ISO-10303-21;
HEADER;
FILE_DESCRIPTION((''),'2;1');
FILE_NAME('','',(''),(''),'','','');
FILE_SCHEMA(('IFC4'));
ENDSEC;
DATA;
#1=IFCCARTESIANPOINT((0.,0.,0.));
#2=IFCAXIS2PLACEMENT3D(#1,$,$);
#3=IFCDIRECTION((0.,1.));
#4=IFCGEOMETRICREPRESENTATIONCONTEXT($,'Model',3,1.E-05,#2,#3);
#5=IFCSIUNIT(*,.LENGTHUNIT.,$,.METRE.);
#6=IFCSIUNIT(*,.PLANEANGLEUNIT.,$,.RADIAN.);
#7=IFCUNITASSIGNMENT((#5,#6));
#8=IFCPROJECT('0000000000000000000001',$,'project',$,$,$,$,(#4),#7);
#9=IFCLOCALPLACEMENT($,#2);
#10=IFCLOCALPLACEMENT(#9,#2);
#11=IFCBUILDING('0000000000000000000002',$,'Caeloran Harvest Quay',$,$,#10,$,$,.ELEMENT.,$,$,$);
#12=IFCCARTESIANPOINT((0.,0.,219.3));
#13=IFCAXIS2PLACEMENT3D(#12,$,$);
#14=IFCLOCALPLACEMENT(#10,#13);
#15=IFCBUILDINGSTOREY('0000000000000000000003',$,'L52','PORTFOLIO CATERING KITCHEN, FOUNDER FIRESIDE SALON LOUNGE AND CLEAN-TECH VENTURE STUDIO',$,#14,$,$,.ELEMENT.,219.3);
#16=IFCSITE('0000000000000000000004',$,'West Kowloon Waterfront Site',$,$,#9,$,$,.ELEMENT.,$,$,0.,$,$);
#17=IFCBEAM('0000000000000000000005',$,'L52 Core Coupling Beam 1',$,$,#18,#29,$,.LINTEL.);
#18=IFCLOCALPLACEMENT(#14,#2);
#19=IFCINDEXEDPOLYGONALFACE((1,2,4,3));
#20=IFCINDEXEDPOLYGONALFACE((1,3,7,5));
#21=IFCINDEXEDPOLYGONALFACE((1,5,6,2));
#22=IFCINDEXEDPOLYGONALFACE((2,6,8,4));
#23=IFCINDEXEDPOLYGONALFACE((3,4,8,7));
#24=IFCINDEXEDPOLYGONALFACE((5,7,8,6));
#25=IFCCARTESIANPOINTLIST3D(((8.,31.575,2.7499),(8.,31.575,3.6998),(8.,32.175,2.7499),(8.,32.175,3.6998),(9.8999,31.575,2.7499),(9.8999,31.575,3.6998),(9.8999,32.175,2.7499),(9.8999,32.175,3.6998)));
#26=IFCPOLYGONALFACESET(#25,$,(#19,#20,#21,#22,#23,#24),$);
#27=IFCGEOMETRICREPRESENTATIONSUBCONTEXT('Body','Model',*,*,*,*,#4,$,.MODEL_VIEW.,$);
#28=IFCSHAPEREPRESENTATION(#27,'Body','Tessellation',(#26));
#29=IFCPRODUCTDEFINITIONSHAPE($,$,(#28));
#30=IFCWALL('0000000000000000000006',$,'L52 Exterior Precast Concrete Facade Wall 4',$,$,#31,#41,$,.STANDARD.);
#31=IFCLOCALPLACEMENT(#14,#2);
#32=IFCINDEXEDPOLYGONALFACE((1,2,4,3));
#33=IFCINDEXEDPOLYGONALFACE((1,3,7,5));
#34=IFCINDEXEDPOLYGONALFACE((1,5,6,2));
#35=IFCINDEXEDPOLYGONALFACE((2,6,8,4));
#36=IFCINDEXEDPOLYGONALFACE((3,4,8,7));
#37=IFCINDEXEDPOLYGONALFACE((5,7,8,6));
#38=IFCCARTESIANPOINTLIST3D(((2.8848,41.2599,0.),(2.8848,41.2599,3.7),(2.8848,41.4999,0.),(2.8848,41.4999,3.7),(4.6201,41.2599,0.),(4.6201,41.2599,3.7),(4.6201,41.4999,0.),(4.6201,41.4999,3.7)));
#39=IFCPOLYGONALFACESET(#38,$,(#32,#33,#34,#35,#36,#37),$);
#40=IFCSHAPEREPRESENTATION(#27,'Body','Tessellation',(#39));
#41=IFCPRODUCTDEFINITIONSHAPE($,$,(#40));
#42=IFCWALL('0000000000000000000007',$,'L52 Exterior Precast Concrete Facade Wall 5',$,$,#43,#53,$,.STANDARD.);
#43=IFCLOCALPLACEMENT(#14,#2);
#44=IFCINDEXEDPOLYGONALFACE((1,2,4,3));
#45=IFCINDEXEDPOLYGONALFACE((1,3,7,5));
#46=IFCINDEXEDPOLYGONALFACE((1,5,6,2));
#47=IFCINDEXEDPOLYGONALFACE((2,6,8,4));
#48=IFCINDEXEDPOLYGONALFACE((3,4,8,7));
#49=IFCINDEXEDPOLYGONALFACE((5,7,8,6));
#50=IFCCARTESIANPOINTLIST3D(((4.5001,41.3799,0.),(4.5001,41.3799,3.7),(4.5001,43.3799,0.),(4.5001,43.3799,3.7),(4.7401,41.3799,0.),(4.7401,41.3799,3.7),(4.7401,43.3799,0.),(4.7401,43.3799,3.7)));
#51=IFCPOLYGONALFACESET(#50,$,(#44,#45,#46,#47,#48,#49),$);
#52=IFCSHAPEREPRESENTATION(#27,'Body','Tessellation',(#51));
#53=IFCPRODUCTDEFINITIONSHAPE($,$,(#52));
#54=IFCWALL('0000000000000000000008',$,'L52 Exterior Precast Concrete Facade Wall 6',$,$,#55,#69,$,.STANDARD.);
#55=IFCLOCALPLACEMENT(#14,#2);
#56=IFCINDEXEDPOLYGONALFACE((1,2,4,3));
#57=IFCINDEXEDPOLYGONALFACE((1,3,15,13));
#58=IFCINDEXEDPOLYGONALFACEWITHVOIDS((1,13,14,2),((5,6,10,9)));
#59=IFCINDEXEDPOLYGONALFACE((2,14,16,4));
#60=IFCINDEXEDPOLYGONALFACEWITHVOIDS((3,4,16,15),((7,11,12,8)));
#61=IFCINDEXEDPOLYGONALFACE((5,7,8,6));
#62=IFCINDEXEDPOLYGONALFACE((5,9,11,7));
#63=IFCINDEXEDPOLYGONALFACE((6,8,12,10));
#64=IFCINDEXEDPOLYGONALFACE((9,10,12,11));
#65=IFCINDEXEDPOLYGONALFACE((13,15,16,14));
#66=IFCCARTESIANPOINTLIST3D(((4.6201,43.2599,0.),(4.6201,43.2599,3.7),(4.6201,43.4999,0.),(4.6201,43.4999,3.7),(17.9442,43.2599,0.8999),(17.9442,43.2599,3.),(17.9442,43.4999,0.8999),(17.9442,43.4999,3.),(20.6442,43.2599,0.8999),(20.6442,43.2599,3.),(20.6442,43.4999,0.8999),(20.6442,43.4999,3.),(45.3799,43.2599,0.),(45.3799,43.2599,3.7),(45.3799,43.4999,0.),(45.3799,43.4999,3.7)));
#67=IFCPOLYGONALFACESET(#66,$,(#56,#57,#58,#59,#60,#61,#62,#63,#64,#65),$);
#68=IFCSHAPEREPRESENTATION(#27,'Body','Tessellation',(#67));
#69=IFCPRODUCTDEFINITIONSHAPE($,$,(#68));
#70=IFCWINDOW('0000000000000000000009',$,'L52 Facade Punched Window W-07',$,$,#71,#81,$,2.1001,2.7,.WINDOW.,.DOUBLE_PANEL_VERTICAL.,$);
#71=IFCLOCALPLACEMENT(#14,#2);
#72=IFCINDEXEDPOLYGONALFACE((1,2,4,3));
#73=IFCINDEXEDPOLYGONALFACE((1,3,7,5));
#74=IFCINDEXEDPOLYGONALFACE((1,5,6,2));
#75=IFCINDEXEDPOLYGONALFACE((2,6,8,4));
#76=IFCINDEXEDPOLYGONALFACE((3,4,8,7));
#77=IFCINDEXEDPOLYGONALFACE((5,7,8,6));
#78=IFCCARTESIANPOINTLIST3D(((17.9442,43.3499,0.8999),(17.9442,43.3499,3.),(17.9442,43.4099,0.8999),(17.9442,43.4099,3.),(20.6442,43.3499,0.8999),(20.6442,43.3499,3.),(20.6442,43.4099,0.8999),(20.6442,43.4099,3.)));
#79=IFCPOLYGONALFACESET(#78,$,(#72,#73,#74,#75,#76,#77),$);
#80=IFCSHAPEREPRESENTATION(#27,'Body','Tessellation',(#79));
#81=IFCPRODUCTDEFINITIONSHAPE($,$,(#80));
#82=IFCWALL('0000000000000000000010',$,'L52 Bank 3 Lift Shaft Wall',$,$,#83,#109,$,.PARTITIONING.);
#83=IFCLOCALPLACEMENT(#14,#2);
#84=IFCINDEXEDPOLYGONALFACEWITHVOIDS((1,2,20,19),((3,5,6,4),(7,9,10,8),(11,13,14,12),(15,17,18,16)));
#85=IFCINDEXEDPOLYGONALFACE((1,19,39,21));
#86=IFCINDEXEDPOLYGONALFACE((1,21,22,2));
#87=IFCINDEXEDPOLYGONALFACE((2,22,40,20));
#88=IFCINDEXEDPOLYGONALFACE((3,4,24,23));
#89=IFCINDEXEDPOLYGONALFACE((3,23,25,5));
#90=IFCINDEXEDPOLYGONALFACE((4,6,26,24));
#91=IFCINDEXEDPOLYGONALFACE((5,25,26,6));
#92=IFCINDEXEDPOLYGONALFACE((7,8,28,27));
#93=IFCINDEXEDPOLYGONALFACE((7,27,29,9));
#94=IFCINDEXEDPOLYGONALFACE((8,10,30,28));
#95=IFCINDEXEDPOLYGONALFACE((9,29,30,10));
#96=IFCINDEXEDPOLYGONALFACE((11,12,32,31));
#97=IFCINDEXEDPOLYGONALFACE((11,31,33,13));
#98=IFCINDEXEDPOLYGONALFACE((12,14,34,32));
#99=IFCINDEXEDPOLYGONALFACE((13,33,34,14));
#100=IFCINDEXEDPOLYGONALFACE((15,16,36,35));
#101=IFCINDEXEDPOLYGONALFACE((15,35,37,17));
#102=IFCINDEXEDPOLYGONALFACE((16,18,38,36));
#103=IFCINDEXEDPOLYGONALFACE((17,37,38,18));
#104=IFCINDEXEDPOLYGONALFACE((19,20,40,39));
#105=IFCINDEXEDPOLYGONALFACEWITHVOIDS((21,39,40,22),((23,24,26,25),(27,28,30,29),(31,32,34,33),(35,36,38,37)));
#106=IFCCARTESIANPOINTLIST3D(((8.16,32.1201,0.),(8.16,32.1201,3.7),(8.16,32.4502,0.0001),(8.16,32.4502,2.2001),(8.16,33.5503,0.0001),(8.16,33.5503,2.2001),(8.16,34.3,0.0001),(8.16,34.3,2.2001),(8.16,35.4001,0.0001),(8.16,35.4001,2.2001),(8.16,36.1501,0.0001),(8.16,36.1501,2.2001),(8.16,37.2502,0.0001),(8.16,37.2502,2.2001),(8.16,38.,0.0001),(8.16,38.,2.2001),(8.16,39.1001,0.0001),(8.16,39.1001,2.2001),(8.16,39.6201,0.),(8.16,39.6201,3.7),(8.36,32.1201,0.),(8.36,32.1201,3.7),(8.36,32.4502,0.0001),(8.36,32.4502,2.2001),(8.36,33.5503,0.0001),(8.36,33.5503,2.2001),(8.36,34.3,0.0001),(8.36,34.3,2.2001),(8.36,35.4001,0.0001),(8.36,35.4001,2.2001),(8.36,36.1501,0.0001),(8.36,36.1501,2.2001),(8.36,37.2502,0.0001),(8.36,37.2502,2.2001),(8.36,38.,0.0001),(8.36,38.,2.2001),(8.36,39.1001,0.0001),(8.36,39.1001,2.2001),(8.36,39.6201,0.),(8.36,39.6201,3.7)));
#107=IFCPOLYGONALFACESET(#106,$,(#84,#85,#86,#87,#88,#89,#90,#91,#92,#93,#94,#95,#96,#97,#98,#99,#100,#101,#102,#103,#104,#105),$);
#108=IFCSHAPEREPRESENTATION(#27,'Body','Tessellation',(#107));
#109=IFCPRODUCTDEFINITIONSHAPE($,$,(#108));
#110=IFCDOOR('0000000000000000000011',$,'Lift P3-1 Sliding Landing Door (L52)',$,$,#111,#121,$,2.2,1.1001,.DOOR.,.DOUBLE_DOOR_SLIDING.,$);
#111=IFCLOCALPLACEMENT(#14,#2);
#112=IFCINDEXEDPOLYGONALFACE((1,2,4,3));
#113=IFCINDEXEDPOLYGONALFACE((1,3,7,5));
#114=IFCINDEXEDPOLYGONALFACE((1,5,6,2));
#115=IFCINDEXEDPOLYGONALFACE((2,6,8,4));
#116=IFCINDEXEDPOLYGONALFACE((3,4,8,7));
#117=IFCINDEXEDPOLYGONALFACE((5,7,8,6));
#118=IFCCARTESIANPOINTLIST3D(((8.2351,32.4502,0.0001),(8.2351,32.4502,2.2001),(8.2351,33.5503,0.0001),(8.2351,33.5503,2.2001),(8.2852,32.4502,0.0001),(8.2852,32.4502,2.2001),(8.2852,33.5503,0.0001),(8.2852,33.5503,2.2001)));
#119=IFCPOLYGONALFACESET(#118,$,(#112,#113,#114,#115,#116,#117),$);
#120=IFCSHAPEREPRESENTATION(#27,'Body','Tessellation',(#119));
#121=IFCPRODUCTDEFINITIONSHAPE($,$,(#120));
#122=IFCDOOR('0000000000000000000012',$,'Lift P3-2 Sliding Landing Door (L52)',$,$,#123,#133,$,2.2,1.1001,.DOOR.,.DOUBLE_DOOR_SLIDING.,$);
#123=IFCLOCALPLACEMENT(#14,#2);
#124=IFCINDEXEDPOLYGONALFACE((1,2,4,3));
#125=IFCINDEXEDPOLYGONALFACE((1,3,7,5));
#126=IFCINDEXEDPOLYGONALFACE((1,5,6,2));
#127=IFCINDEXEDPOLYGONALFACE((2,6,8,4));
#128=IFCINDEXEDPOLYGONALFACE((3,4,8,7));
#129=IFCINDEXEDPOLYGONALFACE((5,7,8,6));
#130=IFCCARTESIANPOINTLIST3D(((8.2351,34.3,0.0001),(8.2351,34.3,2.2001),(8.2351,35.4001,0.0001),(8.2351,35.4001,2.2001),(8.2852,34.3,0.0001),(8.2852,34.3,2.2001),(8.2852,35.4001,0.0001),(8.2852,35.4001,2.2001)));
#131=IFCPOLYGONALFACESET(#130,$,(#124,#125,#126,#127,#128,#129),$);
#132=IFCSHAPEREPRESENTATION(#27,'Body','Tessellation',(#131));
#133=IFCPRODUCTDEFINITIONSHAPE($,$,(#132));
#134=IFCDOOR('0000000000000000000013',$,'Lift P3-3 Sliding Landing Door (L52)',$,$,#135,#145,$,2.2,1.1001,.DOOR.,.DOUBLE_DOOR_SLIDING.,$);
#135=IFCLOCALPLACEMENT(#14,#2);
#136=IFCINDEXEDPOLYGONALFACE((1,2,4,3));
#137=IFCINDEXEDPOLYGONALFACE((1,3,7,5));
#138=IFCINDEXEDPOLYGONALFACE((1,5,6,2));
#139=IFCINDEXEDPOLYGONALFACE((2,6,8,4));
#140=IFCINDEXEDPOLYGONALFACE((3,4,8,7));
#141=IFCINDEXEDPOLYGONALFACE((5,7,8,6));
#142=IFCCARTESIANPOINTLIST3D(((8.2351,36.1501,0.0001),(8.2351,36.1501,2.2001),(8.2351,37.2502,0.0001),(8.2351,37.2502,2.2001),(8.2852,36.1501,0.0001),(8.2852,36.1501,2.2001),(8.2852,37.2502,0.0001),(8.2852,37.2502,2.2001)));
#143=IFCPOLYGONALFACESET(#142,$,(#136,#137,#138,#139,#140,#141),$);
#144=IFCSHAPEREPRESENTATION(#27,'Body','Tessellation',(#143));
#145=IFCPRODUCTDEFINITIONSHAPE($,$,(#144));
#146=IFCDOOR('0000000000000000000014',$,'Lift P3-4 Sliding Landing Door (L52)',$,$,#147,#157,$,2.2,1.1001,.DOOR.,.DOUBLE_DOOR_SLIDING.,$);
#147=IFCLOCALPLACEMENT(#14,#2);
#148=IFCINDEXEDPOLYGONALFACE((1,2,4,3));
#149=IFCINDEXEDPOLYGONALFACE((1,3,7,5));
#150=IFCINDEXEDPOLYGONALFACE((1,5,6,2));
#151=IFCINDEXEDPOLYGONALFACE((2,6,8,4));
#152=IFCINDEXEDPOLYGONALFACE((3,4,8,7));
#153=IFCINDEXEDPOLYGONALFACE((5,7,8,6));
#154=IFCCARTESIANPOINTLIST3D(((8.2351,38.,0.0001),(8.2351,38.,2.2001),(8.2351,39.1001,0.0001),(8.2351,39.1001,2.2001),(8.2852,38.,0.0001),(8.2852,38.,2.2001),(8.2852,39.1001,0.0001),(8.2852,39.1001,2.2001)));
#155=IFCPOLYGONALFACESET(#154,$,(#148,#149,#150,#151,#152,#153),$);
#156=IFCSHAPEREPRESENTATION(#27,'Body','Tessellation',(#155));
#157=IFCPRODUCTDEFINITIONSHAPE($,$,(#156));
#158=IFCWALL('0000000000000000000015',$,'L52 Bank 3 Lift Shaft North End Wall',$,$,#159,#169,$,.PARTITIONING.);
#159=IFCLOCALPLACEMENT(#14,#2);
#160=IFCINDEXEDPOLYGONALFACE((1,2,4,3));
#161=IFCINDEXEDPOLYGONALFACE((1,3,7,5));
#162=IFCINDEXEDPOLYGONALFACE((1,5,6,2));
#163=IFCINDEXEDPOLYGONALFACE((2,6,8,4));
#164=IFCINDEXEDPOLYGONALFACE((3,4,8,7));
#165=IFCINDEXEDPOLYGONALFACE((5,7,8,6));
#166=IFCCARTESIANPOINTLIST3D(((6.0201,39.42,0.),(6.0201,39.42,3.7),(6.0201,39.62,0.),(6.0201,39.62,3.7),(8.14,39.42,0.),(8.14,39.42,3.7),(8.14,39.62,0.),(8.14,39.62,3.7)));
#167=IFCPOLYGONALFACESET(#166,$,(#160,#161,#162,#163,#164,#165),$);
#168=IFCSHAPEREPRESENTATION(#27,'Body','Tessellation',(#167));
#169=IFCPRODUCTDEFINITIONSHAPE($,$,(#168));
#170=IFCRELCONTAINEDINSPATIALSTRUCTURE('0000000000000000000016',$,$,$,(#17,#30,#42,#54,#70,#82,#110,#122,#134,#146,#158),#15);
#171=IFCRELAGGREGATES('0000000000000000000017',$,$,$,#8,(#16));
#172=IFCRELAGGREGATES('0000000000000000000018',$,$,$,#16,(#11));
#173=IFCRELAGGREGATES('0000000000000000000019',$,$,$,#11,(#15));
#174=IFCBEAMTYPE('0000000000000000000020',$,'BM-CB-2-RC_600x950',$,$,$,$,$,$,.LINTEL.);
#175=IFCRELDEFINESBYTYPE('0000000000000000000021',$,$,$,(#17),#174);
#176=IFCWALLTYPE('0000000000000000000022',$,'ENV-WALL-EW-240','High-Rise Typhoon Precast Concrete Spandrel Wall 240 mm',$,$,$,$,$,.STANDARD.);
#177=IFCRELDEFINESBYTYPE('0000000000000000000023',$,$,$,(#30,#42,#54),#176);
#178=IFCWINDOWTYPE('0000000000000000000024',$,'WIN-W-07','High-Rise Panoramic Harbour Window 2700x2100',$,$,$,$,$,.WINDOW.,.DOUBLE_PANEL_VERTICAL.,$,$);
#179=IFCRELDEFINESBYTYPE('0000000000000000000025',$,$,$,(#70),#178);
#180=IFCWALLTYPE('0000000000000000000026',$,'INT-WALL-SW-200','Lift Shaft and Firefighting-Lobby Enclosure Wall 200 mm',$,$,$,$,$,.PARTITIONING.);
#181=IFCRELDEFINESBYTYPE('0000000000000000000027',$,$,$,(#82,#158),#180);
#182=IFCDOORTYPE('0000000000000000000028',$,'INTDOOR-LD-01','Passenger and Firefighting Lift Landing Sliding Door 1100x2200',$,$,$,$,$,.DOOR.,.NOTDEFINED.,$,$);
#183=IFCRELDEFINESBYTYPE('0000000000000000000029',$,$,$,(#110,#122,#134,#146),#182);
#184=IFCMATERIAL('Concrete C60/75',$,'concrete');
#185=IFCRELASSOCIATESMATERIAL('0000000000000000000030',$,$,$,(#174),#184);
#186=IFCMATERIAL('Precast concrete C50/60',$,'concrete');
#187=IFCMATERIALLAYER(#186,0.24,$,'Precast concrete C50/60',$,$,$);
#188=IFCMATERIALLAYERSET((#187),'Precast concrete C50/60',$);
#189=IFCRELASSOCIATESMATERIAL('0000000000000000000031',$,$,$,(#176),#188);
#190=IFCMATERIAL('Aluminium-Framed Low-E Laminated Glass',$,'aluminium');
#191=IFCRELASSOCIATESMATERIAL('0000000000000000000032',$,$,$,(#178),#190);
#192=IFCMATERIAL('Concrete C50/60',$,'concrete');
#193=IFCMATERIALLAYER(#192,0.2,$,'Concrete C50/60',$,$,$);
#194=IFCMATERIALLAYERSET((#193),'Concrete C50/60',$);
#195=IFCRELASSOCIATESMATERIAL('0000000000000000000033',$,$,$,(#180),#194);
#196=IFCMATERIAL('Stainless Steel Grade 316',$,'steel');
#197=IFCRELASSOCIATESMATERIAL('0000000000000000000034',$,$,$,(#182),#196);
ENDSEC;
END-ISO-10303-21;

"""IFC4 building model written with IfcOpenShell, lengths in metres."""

from ifc_helpers import new_model, si_unit, direction, frame, frame_2d, origin, origin_2d, place, context, subcontext, project, spatial, rectangle, extrude, material, layer, layer_set, material_profile, profile_set, type_object, element, fill, save


model = new_model("IFC4")

# Units and contexts
model_context = context("Model", 3, precision=1e-05, world=origin(), true_north=direction((0.0, 1.0)))
body_context = subcontext(model_context, "Body", "Model", "MODEL_VIEW")
ifc_project = project(units=[si_unit("LENGTHUNIT", "METRE"), si_unit("PLANEANGLEUNIT", "RADIAN")], contexts=[model_context])

# Site, building, storey
site_placement = place(None, origin())
site = spatial("IfcSite", under=ifc_project, at=site_placement, Name="West Kowloon Waterfront Site", CompositionType="ELEMENT", RefElevation=0.0)
building_placement = place(site_placement, origin())
building = spatial("IfcBuilding", under=site, at=building_placement, Name="Caeloran Harvest Quay", CompositionType="ELEMENT")
storey_placement = place(building_placement, frame((0.0, 0.0, 219.3)))
storey = spatial("IfcBuildingStorey", under=building, at=storey_placement, Name="L52", Description="PORTFOLIO CATERING KITCHEN, FOUNDER FIRESIDE SALON LOUNGE AND CLEAN-TECH VENTURE STUDIO", CompositionType="ELEMENT", Elevation=219.3)

# Beam
ifc_material_1 = material(Name="Concrete C60/75", Category="concrete")
ifc_material_profile = material_profile(ifc_material_1, rectangle(XDim=0.6001, YDim=0.95, at=origin_2d()), Name="RC 600x950")
ifc_profile_set = profile_set([ifc_material_profile], Name="Concrete C60/75")
beam_type = type_object("IfcBeamType", Name="BM-CB-2-RC_600x950", PredefinedType="LINTEL", material=ifc_profile_set)
beam_placement = place(storey_placement, frame((8.0, 31.875, 3.2249), z_axis=(1.0, 0.0, 0.0), x_axis=(0.0, 1.0, 0.0)))
element("IfcBeam", 1, at=beam_placement, inside=storey, type_object=beam_type, Name="L52 Core Coupling Beam 1", PredefinedType="LINTEL", context=body_context, shape_type="SweptSolid", body=[
    extrude(rectangle(XDim=0.6001, YDim=0.95, at=origin_2d()), origin(), (0.0, 0.0, 1.0), 1.8999),
])

# Walls
ifc_material_2 = material(Name="Precast concrete C50/60", Category="concrete")
ifc_layer_1 = layer(ifc_material_2, 0.24, Name="Precast concrete C50/60")
ifc_layer_set_1 = layer_set([ifc_layer_1], Name="Precast concrete C50/60")
wall_type_1 = type_object("IfcWallType", Name="ENV-WALL-EW-240", Description="High-Rise Typhoon Precast Concrete Spandrel Wall 240 mm", PredefinedType="STANDARD", material=ifc_layer_set_1)
wall_1_placement = place(storey_placement, frame((2.8848, 41.3799, 0.0), z_axis=(0.0, 0.0, 1.0), x_axis=(1.0, 0.0, 0.0)))
element("IfcWall", 2, at=wall_1_placement, inside=storey, type_object=wall_type_1, Name="L52 Exterior Precast Concrete Facade Wall 4", PredefinedType="STANDARD", context=body_context, shape_type="SweptSolid", body=[
    extrude(rectangle(XDim=1.7354, YDim=0.24, at=frame_2d((0.8677, 0.0))), origin(), (0.0, 0.0, 1.0), 3.7),
])
wall_2_placement = place(storey_placement, frame((4.6201, 41.3799, 0.0), z_axis=(0.0, 0.0, 1.0), x_axis=(0.0, 1.0, 0.0)))
element("IfcWall", 3, at=wall_2_placement, inside=storey, type_object=wall_type_1, Name="L52 Exterior Precast Concrete Facade Wall 5", PredefinedType="STANDARD", context=body_context, shape_type="SweptSolid", body=[
    extrude(rectangle(XDim=2.0, YDim=0.24, at=frame_2d((1.0, 0.0))), origin(), (0.0, 0.0, 1.0), 3.7),
])

# Wall, opening, window
wall_3_placement = place(storey_placement, frame((4.6201, 43.3799, 0.0), z_axis=(0.0, 0.0, 1.0), x_axis=(1.0, 0.0, 0.0)))
wall_3 = element("IfcWall", 4, at=wall_3_placement, inside=storey, type_object=wall_type_1, Name="L52 Exterior Precast Concrete Facade Wall 6", PredefinedType="STANDARD", context=body_context, shape_type="SweptSolid", body=[
    extrude(rectangle(XDim=40.7598, YDim=0.24, at=frame_2d((20.3799, 0.0))), origin(), (0.0, 0.0, 1.0), 3.7),
])
opening_1_placement = place(wall_3_placement, frame((13.324, 0.0, 0.8999)))
opening_1 = element("IfcOpeningElement", 5, at=opening_1_placement, cuts=wall_3, PredefinedType="OPENING", context=body_context, shape_type="SweptSolid", body=[
    extrude(rectangle(XDim=2.7, YDim=2.1001, at=frame_2d((1.3501, 1.05))), frame((0.0, 0.1299, 0.0), z_axis=(0.0, -1.0, 0.0), x_axis=(1.0, 0.0, 0.0)), (0.0, 0.0, 1.0), 0.26),
])
ifc_material_3 = material(Name="Aluminium-Framed Low-E Laminated Glass", Category="aluminium")
window_type = type_object("IfcWindowType", Name="WIN-W-07", Description="High-Rise Panoramic Harbour Window 2700x2100", PartitioningType="DOUBLE_PANEL_VERTICAL", PredefinedType="WINDOW", material=ifc_material_3)
window_placement = place(opening_1_placement, origin())
window = element("IfcWindow", 6, at=window_placement, inside=storey, type_object=window_type, Name="L52 Facade Punched Window W-07", OverallHeight=2.1001, OverallWidth=2.7, PartitioningType="DOUBLE_PANEL_VERTICAL", PredefinedType="WINDOW", context=body_context, shape_type="SweptSolid", body=[
    extrude(rectangle(XDim=2.7, YDim=2.1001, at=frame_2d((1.3501, 1.05))), frame((0.0, 0.03, 0.0), z_axis=(0.0, -1.0, 0.0), x_axis=(1.0, 0.0, 0.0)), (0.0, 0.0, 1.0), 0.0601),
])
fill(opening_1, window)

# Wall, openings, doors
ifc_material_4 = material(Name="Concrete C50/60", Category="concrete")
ifc_layer_2 = layer(ifc_material_4, 0.2, Name="Concrete C50/60")
ifc_layer_set_2 = layer_set([ifc_layer_2], Name="Concrete C50/60")
wall_type_2 = type_object("IfcWallType", Name="INT-WALL-SW-200", Description="Lift Shaft and Firefighting-Lobby Enclosure Wall 200 mm", PredefinedType="PARTITIONING", material=ifc_layer_set_2)
wall_4_placement = place(storey_placement, frame((8.26, 32.1201, 0.0), z_axis=(0.0, 0.0, 1.0), x_axis=(0.0, 1.0, 0.0)))
wall_4 = element("IfcWall", 7, at=wall_4_placement, inside=storey, type_object=wall_type_2, Name="L52 Bank 3 Lift Shaft Wall", PredefinedType="PARTITIONING", context=body_context, shape_type="SweptSolid", body=[
    extrude(rectangle(XDim=7.5, YDim=0.2, at=frame_2d((3.75, 0.0))), origin(), (0.0, 0.0, 1.0), 3.7),
])
opening_2_placement = place(wall_4_placement, frame((0.3301, 0.0, 0.0)))
opening_2 = element("IfcOpeningElement", 8, at=opening_2_placement, cuts=wall_4, PredefinedType="OPENING", context=body_context, shape_type="SweptSolid", body=[
    extrude(rectangle(XDim=1.1001, YDim=2.2, at=frame_2d((0.55, 1.1001))), frame((0.0, 0.1099, 0.0), z_axis=(0.0, -1.0, 0.0), x_axis=(1.0, 0.0, 0.0)), (0.0, 0.0, 1.0), 0.22),
])
opening_3_placement = place(wall_4_placement, frame((2.1799, 0.0, 0.0)))
opening_3 = element("IfcOpeningElement", 9, at=opening_3_placement, cuts=wall_4, PredefinedType="OPENING", context=body_context, shape_type="SweptSolid", body=[
    extrude(rectangle(XDim=1.1001, YDim=2.2, at=frame_2d((0.55, 1.1001))), frame((0.0, 0.1099, 0.0), z_axis=(0.0, -1.0, 0.0), x_axis=(1.0, 0.0, 0.0)), (0.0, 0.0, 1.0), 0.22),
])
opening_4_placement = place(wall_4_placement, frame((4.03, 0.0, 0.0)))
opening_4 = element("IfcOpeningElement", 10, at=opening_4_placement, cuts=wall_4, PredefinedType="OPENING", context=body_context, shape_type="SweptSolid", body=[
    extrude(rectangle(XDim=1.1001, YDim=2.2, at=frame_2d((0.55, 1.1001))), frame((0.0, 0.1099, 0.0), z_axis=(0.0, -1.0, 0.0), x_axis=(1.0, 0.0, 0.0)), (0.0, 0.0, 1.0), 0.22),
])
opening_5_placement = place(wall_4_placement, frame((5.8799, 0.0, 0.0)))
opening_5 = element("IfcOpeningElement", 11, at=opening_5_placement, cuts=wall_4, PredefinedType="OPENING", context=body_context, shape_type="SweptSolid", body=[
    extrude(rectangle(XDim=1.1001, YDim=2.2, at=frame_2d((0.55, 1.1001))), frame((0.0, 0.1099, 0.0), z_axis=(0.0, -1.0, 0.0), x_axis=(1.0, 0.0, 0.0)), (0.0, 0.0, 1.0), 0.22),
])
ifc_material_5 = material(Name="Stainless Steel Grade 316", Category="steel")
door_type_1 = type_object("IfcDoorType", Name="INTDOOR-LD-01", Description="Passenger and Firefighting Lift Landing Sliding Door 1100x2200", OperationType="NOTDEFINED", PredefinedType="DOOR", material=ifc_material_5)
door_1_placement = place(opening_2_placement, origin())
door_1 = element("IfcDoor", 12, at=door_1_placement, inside=storey, type_object=door_type_1, Name="Lift P3-1 Sliding Landing Door (L52)", OperationType="DOUBLE_DOOR_SLIDING", OverallHeight=2.2, OverallWidth=1.1001, PredefinedType="DOOR", context=body_context, shape_type="SweptSolid", body=[
    extrude(rectangle(XDim=1.1001, YDim=2.2, at=frame_2d((0.55, 1.1001))), frame((0.0, 0.0249, 0.0), z_axis=(0.0, -1.0, 0.0), x_axis=(1.0, 0.0, 0.0)), (0.0, 0.0, 1.0), 0.05),
])
fill(opening_2, door_1)
door_2_placement = place(opening_3_placement, origin())
door_2 = element("IfcDoor", 13, at=door_2_placement, inside=storey, type_object=door_type_1, Name="Lift P3-2 Sliding Landing Door (L52)", OperationType="DOUBLE_DOOR_SLIDING", OverallHeight=2.2, OverallWidth=1.1001, PredefinedType="DOOR", context=body_context, shape_type="SweptSolid", body=[
    extrude(rectangle(XDim=1.1001, YDim=2.2, at=frame_2d((0.55, 1.1001))), frame((0.0, 0.0249, 0.0), z_axis=(0.0, -1.0, 0.0), x_axis=(1.0, 0.0, 0.0)), (0.0, 0.0, 1.0), 0.05),
])
fill(opening_3, door_2)
door_3_placement = place(opening_4_placement, origin())
door_3 = element("IfcDoor", 14, at=door_3_placement, inside=storey, type_object=door_type_1, Name="Lift P3-3 Sliding Landing Door (L52)", OperationType="DOUBLE_DOOR_SLIDING", OverallHeight=2.2, OverallWidth=1.1001, PredefinedType="DOOR", context=body_context, shape_type="SweptSolid", body=[
    extrude(rectangle(XDim=1.1001, YDim=2.2, at=frame_2d((0.55, 1.1001))), frame((0.0, 0.0249, 0.0), z_axis=(0.0, -1.0, 0.0), x_axis=(1.0, 0.0, 0.0)), (0.0, 0.0, 1.0), 0.05),
])
fill(opening_4, door_3)
door_4_placement = place(opening_5_placement, origin())
door_4 = element("IfcDoor", 15, at=door_4_placement, inside=storey, type_object=door_type_1, Name="Lift P3-4 Sliding Landing Door (L52)", OperationType="DOUBLE_DOOR_SLIDING", OverallHeight=2.2, OverallWidth=1.1001, PredefinedType="DOOR", context=body_context, shape_type="SweptSolid", body=[
    extrude(rectangle(XDim=1.1001, YDim=2.2, at=frame_2d((0.55, 1.1001))), frame((0.0, 0.0249, 0.0), z_axis=(0.0, -1.0, 0.0), x_axis=(1.0, 0.0, 0.0)), (0.0, 0.0, 1.0), 0.05),
])
fill(opening_5, door_4)

# Wall
wall_5_placement = place(storey_placement, frame((6.02, 39.52, 0.0), z_axis=(0.0, 0.0, 1.0), x_axis=(1.0, 0.0, 0.0)))
element("IfcWall", 16, at=wall_5_placement, inside=storey, type_object=wall_type_2, Name="L52 Bank 3 Lift Shaft North End Wall", PredefinedType="PARTITIONING", context=body_context, shape_type="SweptSolid", body=[
    extrude(rectangle(XDim=2.1199, YDim=0.2, at=frame_2d((1.0601, 0.0))), origin(), (0.0, 0.0, 1.0), 3.7),
])

save(model, "model.ifc")
